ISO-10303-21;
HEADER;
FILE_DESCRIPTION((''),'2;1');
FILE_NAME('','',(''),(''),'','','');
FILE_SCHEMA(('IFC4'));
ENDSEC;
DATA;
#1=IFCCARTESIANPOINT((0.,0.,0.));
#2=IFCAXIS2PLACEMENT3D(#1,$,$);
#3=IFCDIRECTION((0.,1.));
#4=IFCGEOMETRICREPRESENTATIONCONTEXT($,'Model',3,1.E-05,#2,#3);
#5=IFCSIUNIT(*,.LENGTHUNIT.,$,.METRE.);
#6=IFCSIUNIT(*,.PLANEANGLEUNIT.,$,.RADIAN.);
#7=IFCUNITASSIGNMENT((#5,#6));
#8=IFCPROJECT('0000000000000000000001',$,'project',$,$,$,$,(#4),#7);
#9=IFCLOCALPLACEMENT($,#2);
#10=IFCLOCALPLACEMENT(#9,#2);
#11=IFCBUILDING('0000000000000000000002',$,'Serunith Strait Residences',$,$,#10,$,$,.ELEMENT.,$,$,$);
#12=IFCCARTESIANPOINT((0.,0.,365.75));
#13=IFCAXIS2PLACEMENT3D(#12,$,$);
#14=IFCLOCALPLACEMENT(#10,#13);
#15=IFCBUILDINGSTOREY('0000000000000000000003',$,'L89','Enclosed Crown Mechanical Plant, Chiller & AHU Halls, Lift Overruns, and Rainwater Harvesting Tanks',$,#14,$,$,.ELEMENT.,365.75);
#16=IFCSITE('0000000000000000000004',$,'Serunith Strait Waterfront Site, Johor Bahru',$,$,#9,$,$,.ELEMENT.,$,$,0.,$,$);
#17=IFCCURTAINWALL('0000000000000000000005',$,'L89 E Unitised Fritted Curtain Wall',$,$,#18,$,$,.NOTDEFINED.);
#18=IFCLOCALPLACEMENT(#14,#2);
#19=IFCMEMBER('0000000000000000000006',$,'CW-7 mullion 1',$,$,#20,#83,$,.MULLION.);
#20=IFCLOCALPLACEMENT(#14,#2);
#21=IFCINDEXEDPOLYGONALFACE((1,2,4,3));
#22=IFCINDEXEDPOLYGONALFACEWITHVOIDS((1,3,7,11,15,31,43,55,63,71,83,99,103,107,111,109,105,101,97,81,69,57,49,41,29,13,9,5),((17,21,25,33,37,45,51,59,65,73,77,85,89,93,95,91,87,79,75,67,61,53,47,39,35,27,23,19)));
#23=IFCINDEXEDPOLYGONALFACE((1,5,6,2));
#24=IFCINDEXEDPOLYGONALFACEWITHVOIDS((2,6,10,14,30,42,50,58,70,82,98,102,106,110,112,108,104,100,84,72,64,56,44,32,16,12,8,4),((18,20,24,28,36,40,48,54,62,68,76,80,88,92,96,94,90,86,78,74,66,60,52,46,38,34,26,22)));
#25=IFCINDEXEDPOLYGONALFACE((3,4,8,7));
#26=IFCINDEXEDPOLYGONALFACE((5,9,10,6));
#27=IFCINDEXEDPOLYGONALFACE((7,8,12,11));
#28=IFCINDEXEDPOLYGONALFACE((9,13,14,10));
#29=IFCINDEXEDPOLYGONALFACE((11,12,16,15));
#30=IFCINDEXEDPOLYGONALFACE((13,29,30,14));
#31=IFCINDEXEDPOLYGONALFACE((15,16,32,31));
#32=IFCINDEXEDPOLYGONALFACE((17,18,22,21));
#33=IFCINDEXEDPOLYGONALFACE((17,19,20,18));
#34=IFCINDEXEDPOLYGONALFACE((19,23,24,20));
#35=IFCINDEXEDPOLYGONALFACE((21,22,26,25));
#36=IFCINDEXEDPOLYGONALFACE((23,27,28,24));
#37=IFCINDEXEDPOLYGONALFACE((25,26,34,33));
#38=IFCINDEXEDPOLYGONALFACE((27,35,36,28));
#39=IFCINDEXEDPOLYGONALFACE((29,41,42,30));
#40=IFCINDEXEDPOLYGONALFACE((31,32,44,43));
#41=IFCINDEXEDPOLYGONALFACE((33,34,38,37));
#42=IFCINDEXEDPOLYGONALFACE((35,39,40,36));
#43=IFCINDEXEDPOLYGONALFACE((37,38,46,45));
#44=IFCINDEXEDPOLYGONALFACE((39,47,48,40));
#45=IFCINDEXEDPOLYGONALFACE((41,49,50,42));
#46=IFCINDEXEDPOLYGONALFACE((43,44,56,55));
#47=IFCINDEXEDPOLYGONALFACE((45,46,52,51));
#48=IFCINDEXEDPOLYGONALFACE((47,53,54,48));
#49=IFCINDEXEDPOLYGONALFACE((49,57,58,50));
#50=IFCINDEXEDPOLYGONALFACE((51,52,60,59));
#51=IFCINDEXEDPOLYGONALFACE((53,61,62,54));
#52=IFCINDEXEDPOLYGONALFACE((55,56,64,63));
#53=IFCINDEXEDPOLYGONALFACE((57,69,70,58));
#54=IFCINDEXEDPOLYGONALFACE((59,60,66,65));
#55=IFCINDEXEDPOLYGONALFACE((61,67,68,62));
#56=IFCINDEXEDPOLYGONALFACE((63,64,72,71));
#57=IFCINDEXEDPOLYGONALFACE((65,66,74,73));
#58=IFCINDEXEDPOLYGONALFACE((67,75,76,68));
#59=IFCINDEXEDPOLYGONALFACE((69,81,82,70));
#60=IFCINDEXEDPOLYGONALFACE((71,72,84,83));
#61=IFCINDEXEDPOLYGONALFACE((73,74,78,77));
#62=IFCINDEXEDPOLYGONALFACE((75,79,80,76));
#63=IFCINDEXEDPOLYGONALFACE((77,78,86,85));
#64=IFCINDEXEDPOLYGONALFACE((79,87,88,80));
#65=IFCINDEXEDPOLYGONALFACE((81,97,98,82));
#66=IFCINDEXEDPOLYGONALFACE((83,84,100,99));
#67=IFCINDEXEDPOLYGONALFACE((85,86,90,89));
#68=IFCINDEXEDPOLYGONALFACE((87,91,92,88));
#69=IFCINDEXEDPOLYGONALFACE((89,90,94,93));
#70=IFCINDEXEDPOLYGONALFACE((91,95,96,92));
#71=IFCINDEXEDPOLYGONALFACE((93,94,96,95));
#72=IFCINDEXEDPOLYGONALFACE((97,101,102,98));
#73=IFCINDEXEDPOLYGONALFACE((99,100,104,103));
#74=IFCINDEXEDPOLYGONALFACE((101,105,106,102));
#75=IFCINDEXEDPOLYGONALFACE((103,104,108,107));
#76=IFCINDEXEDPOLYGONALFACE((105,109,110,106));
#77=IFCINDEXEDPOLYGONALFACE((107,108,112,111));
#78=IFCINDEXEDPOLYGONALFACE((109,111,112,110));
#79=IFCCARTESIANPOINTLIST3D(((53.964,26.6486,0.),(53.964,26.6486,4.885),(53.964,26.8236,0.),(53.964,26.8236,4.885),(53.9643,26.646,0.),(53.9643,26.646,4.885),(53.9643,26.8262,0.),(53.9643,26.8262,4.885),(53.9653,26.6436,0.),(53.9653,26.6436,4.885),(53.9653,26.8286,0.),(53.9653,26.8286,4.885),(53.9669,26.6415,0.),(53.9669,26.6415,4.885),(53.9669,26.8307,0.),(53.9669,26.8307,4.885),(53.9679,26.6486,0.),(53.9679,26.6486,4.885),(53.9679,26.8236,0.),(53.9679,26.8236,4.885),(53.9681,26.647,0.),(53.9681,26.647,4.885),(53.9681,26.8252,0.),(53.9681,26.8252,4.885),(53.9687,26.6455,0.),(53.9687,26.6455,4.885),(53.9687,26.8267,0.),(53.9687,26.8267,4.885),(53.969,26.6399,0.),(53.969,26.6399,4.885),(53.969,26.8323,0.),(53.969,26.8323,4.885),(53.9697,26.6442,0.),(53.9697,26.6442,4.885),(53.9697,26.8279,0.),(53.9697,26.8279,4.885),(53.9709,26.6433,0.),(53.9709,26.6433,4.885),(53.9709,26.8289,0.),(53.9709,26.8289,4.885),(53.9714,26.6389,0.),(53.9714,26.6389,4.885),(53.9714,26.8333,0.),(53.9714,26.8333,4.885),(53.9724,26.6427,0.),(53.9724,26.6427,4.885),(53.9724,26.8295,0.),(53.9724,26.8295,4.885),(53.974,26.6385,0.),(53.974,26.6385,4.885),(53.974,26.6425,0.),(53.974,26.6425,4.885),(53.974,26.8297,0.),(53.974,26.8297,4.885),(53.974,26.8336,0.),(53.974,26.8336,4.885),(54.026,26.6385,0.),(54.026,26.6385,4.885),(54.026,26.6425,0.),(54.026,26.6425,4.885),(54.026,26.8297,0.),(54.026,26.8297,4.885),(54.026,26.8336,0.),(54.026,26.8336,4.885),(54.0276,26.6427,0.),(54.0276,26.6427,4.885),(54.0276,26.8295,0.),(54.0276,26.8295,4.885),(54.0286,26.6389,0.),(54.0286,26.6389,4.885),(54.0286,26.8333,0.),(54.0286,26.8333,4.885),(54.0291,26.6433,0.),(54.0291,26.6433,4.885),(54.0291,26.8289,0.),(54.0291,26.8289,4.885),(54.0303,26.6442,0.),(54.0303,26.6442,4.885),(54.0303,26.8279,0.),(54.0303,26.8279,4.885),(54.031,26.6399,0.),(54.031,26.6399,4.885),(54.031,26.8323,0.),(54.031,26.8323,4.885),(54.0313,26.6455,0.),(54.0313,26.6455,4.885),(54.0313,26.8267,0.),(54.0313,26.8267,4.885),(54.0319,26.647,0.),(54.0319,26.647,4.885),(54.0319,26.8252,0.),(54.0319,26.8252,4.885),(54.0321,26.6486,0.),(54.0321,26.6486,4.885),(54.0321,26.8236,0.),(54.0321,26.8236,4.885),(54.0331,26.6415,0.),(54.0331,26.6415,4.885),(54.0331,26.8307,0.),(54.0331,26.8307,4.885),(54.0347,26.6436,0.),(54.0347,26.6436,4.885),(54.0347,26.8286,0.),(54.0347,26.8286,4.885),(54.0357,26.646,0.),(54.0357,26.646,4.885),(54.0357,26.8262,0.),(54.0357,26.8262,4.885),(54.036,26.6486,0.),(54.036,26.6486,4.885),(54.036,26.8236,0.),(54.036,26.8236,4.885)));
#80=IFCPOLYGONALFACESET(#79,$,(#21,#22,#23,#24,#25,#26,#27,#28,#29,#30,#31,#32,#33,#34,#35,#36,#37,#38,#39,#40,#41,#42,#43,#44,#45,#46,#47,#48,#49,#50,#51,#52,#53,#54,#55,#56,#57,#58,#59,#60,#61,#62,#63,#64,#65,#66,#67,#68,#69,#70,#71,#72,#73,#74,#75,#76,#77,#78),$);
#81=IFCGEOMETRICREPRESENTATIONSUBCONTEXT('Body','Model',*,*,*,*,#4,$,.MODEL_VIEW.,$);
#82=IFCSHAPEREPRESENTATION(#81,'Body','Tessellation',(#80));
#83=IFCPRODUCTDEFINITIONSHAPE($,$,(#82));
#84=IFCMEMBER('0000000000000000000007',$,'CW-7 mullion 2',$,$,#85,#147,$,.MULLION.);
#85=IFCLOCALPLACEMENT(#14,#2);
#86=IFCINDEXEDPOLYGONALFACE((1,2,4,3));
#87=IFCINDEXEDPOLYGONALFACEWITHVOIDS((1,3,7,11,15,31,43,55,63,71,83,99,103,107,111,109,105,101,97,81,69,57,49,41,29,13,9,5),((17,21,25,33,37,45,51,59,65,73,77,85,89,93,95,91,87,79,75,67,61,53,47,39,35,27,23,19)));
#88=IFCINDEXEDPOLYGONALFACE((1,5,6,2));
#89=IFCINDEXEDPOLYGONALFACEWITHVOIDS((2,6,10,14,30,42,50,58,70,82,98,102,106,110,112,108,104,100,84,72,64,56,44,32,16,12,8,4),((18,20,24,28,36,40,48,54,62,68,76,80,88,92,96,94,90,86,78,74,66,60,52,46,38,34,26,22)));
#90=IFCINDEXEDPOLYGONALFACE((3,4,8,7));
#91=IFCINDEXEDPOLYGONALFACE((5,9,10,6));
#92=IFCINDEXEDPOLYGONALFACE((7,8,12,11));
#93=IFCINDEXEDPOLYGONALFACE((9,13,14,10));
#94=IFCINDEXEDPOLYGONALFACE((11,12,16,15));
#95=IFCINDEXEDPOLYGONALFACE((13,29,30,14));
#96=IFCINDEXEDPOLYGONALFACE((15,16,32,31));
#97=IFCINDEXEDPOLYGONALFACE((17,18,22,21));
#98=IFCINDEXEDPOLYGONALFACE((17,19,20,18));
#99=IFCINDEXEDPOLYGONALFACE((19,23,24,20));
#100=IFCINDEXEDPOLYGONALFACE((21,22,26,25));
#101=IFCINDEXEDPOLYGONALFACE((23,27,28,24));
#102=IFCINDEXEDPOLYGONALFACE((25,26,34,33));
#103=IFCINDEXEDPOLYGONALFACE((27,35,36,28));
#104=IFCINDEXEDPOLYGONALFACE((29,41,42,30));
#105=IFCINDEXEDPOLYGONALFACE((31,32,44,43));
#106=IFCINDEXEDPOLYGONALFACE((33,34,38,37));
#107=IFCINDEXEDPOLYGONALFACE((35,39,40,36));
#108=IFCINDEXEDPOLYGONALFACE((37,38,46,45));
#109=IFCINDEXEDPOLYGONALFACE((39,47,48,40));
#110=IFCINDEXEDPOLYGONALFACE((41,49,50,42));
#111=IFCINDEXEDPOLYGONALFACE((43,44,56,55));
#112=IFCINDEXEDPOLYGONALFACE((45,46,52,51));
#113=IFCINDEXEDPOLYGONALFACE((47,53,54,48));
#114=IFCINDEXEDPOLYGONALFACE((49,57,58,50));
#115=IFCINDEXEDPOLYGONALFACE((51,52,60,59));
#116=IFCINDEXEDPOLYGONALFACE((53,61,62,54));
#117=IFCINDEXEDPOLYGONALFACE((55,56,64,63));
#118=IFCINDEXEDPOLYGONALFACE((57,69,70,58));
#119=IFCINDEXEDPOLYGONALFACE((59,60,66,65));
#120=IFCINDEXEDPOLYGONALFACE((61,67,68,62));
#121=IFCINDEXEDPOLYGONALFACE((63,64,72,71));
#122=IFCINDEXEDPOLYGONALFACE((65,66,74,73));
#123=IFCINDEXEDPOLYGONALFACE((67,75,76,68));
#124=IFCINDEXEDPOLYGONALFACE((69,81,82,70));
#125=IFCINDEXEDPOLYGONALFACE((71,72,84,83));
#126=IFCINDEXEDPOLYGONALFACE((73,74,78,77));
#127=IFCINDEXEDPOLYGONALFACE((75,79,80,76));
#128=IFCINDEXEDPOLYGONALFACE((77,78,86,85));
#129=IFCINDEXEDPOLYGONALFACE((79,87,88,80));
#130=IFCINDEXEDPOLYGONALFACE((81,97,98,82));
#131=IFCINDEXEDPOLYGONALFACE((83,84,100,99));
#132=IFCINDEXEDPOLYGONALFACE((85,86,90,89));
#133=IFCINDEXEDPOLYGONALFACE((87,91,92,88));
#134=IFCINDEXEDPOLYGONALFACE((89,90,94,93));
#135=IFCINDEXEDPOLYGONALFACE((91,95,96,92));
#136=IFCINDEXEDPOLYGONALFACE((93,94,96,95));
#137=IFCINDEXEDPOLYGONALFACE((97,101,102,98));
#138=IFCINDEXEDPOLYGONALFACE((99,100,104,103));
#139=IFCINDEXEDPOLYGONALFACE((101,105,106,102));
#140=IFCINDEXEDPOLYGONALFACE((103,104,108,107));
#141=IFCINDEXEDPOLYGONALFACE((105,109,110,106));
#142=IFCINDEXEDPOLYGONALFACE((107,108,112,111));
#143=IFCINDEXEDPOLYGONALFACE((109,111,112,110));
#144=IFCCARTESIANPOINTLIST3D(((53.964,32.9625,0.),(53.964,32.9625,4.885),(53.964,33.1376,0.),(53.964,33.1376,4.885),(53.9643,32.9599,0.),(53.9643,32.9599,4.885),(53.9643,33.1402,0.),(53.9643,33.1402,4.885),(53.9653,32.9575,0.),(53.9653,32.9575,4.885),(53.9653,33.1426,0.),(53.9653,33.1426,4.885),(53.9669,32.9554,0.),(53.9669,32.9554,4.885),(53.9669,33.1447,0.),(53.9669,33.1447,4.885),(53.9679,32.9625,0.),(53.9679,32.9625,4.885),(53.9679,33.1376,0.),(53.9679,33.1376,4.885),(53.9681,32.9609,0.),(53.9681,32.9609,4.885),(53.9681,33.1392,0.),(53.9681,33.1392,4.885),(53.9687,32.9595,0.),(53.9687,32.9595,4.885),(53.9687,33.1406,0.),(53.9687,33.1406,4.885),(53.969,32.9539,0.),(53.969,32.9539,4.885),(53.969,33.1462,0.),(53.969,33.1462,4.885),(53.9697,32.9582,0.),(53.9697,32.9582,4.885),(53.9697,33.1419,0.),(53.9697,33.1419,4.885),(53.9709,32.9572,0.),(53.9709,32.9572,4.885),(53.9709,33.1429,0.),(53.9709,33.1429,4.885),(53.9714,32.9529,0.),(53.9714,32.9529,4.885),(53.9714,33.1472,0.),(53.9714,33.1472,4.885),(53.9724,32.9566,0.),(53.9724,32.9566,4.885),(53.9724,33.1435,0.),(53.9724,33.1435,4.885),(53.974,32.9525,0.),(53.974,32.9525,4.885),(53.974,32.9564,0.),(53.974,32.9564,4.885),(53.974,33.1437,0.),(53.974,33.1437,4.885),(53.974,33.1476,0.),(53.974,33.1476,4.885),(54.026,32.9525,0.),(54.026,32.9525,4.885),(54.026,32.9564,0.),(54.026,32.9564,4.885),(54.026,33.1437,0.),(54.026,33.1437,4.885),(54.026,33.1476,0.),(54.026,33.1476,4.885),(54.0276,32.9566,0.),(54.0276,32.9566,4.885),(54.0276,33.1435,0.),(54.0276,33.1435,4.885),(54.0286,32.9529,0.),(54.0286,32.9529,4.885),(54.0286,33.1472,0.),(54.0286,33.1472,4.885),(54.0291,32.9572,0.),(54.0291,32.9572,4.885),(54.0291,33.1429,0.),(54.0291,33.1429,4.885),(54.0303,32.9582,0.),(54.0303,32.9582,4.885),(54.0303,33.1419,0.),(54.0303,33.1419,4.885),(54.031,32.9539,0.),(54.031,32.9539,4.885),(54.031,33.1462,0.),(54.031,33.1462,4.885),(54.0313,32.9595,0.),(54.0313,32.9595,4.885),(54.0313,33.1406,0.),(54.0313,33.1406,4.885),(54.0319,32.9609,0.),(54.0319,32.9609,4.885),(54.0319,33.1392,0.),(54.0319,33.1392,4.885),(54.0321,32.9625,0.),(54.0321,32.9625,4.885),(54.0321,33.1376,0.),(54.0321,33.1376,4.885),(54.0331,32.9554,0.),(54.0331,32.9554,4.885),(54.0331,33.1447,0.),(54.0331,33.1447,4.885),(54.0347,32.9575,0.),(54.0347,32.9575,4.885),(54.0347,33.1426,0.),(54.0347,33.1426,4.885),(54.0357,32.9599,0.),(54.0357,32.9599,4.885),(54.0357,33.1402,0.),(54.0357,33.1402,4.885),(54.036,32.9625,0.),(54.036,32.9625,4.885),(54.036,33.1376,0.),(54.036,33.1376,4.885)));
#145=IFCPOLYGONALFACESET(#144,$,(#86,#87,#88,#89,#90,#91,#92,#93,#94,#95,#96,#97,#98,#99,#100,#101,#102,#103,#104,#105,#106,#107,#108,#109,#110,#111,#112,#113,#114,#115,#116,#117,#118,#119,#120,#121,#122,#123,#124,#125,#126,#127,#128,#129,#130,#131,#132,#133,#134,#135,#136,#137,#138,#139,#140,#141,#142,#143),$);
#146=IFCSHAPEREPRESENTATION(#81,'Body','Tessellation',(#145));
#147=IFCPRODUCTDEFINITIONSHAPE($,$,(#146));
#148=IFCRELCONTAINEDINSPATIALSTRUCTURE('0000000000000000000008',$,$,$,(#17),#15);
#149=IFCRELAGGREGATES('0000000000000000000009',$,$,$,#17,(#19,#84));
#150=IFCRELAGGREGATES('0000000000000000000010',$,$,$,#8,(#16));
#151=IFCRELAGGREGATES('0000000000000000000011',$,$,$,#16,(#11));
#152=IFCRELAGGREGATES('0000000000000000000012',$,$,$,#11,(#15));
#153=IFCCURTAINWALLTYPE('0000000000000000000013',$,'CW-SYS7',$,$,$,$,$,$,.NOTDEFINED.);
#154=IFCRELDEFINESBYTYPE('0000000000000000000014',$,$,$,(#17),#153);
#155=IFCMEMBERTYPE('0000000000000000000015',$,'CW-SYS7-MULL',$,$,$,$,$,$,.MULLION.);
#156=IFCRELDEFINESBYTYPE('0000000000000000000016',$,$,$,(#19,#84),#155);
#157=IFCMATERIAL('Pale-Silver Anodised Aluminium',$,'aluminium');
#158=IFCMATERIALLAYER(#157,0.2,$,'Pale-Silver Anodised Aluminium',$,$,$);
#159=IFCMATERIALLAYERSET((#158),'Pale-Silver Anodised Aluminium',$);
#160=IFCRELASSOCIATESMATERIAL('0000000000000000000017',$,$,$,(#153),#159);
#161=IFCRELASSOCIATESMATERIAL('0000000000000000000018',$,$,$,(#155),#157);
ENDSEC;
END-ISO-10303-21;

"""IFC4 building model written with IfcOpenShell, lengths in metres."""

from ifc_helpers import new_model, si_unit, direction, frame, origin, origin_2d, place, context, subcontext, project, spatial, hollow_rectangle, extrude, source, transform, mapped, material, layer, layer_set, material_profile, profile_set, type_object, element, aggregate, save


model = new_model("IFC4")

# Units and contexts
model_context = context("Model", 3, precision=1e-05, world=origin(), true_north=direction((0.0, 1.0)))
body_context = subcontext(model_context, "Body", "Model", "MODEL_VIEW")
ifc_project = project(units=[si_unit("LENGTHUNIT", "METRE"), si_unit("PLANEANGLEUNIT", "RADIAN")], contexts=[model_context])

# Site, building, storey
site_placement = place(None, origin())
site = spatial("IfcSite", under=ifc_project, at=site_placement, Name="Serunith Strait Waterfront Site, Johor Bahru", CompositionType="ELEMENT", RefElevation=0.0)
building_placement = place(site_placement, origin())
building = spatial("IfcBuilding", under=site, at=building_placement, Name="Serunith Strait Residences", CompositionType="ELEMENT")
storey_placement = place(building_placement, frame((0.0, 0.0, 365.75)))
storey = spatial("IfcBuildingStorey", under=building, at=storey_placement, Name="L89", Description="Enclosed Crown Mechanical Plant, Chiller & AHU Halls, Lift Overruns, and Rainwater Harvesting Tanks", CompositionType="ELEMENT", Elevation=365.75)

# Curtain wall, members
ifc_material_1 = material(Name="Pale-Silver Anodised Aluminium", Category="aluminium")
ifc_layer_1 = layer(ifc_material_1, 0.2, Name="Pale-Silver Anodised Aluminium")
ifc_layer_set_1 = layer_set([ifc_layer_1], Name="Pale-Silver Anodised Aluminium")
curtain_wall_type = type_object("IfcCurtainWallType", Name="CW-SYS7", PredefinedType="NOTDEFINED", material=ifc_layer_set_1)
curtain_wall_1_placement = place(storey_placement, origin())
curtain_wall_1 = element("IfcCurtainWall", 1, at=curtain_wall_1_placement, inside=storey, type_object=curtain_wall_type, Name="L89 E Unitised Fritted Curtain Wall", PredefinedType="NOTDEFINED")
ifc_material_profile_1 = material_profile(ifc_material_1, hollow_rectangle(XDim=0.072, YDim=0.1951, WallThickness=0.0039, InnerFilletRadius=0.0061, OuterFilletRadius=0.01, at=origin_2d()), Name="ALU 195x72x4")
ifc_profile_set_1 = profile_set([ifc_material_profile_1], Name="Pale-Silver Anodised Aluminium")
member_type_1 = type_object("IfcMemberType", Name="CW-SYS7-MULL", PredefinedType="MULLION", material=ifc_profile_set_1)
shared_shape_1 = source(origin(), body_context, "Body", "SweptSolid", [
    extrude(hollow_rectangle(XDim=0.072, YDim=0.1951, WallThickness=0.0039, InnerFilletRadius=0.0061, OuterFilletRadius=0.01, at=origin_2d()), origin(), (0.0, 0.0, 1.0), 4.885),
])
member_1_placement = place(storey_placement, frame((54.0, 26.7361, 0.0), z_axis=(0.0, 0.0, 1.0), x_axis=(-1.0, 0.0, 0.0)))
member_1 = element("IfcMember", 2, at=member_1_placement, type_object=member_type_1, Name="CW-7 mullion 1", PredefinedType="MULLION", context=body_context, shape_type="MappedRepresentation", body=[
    mapped(shared_shape_1, transform((0.0, 0.0, 0.0), scale=1.0)),
])
member_2_placement = place(storey_placement, frame((54.0, 33.05, 0.0), z_axis=(0.0, 0.0, 1.0), x_axis=(-1.0, 0.0, 0.0)))
member_2 = element("IfcMember", 3, at=member_2_placement, type_object=member_type_1, Name="CW-7 mullion 2", PredefinedType="MULLION", context=body_context, shape_type="MappedRepresentation", body=[
    mapped(shared_shape_1, transform((0.0, 0.0, 0.0), scale=1.0)),
])

aggregate(curtain_wall_1, [member_1, member_2])

save(model, "model.ifc")
